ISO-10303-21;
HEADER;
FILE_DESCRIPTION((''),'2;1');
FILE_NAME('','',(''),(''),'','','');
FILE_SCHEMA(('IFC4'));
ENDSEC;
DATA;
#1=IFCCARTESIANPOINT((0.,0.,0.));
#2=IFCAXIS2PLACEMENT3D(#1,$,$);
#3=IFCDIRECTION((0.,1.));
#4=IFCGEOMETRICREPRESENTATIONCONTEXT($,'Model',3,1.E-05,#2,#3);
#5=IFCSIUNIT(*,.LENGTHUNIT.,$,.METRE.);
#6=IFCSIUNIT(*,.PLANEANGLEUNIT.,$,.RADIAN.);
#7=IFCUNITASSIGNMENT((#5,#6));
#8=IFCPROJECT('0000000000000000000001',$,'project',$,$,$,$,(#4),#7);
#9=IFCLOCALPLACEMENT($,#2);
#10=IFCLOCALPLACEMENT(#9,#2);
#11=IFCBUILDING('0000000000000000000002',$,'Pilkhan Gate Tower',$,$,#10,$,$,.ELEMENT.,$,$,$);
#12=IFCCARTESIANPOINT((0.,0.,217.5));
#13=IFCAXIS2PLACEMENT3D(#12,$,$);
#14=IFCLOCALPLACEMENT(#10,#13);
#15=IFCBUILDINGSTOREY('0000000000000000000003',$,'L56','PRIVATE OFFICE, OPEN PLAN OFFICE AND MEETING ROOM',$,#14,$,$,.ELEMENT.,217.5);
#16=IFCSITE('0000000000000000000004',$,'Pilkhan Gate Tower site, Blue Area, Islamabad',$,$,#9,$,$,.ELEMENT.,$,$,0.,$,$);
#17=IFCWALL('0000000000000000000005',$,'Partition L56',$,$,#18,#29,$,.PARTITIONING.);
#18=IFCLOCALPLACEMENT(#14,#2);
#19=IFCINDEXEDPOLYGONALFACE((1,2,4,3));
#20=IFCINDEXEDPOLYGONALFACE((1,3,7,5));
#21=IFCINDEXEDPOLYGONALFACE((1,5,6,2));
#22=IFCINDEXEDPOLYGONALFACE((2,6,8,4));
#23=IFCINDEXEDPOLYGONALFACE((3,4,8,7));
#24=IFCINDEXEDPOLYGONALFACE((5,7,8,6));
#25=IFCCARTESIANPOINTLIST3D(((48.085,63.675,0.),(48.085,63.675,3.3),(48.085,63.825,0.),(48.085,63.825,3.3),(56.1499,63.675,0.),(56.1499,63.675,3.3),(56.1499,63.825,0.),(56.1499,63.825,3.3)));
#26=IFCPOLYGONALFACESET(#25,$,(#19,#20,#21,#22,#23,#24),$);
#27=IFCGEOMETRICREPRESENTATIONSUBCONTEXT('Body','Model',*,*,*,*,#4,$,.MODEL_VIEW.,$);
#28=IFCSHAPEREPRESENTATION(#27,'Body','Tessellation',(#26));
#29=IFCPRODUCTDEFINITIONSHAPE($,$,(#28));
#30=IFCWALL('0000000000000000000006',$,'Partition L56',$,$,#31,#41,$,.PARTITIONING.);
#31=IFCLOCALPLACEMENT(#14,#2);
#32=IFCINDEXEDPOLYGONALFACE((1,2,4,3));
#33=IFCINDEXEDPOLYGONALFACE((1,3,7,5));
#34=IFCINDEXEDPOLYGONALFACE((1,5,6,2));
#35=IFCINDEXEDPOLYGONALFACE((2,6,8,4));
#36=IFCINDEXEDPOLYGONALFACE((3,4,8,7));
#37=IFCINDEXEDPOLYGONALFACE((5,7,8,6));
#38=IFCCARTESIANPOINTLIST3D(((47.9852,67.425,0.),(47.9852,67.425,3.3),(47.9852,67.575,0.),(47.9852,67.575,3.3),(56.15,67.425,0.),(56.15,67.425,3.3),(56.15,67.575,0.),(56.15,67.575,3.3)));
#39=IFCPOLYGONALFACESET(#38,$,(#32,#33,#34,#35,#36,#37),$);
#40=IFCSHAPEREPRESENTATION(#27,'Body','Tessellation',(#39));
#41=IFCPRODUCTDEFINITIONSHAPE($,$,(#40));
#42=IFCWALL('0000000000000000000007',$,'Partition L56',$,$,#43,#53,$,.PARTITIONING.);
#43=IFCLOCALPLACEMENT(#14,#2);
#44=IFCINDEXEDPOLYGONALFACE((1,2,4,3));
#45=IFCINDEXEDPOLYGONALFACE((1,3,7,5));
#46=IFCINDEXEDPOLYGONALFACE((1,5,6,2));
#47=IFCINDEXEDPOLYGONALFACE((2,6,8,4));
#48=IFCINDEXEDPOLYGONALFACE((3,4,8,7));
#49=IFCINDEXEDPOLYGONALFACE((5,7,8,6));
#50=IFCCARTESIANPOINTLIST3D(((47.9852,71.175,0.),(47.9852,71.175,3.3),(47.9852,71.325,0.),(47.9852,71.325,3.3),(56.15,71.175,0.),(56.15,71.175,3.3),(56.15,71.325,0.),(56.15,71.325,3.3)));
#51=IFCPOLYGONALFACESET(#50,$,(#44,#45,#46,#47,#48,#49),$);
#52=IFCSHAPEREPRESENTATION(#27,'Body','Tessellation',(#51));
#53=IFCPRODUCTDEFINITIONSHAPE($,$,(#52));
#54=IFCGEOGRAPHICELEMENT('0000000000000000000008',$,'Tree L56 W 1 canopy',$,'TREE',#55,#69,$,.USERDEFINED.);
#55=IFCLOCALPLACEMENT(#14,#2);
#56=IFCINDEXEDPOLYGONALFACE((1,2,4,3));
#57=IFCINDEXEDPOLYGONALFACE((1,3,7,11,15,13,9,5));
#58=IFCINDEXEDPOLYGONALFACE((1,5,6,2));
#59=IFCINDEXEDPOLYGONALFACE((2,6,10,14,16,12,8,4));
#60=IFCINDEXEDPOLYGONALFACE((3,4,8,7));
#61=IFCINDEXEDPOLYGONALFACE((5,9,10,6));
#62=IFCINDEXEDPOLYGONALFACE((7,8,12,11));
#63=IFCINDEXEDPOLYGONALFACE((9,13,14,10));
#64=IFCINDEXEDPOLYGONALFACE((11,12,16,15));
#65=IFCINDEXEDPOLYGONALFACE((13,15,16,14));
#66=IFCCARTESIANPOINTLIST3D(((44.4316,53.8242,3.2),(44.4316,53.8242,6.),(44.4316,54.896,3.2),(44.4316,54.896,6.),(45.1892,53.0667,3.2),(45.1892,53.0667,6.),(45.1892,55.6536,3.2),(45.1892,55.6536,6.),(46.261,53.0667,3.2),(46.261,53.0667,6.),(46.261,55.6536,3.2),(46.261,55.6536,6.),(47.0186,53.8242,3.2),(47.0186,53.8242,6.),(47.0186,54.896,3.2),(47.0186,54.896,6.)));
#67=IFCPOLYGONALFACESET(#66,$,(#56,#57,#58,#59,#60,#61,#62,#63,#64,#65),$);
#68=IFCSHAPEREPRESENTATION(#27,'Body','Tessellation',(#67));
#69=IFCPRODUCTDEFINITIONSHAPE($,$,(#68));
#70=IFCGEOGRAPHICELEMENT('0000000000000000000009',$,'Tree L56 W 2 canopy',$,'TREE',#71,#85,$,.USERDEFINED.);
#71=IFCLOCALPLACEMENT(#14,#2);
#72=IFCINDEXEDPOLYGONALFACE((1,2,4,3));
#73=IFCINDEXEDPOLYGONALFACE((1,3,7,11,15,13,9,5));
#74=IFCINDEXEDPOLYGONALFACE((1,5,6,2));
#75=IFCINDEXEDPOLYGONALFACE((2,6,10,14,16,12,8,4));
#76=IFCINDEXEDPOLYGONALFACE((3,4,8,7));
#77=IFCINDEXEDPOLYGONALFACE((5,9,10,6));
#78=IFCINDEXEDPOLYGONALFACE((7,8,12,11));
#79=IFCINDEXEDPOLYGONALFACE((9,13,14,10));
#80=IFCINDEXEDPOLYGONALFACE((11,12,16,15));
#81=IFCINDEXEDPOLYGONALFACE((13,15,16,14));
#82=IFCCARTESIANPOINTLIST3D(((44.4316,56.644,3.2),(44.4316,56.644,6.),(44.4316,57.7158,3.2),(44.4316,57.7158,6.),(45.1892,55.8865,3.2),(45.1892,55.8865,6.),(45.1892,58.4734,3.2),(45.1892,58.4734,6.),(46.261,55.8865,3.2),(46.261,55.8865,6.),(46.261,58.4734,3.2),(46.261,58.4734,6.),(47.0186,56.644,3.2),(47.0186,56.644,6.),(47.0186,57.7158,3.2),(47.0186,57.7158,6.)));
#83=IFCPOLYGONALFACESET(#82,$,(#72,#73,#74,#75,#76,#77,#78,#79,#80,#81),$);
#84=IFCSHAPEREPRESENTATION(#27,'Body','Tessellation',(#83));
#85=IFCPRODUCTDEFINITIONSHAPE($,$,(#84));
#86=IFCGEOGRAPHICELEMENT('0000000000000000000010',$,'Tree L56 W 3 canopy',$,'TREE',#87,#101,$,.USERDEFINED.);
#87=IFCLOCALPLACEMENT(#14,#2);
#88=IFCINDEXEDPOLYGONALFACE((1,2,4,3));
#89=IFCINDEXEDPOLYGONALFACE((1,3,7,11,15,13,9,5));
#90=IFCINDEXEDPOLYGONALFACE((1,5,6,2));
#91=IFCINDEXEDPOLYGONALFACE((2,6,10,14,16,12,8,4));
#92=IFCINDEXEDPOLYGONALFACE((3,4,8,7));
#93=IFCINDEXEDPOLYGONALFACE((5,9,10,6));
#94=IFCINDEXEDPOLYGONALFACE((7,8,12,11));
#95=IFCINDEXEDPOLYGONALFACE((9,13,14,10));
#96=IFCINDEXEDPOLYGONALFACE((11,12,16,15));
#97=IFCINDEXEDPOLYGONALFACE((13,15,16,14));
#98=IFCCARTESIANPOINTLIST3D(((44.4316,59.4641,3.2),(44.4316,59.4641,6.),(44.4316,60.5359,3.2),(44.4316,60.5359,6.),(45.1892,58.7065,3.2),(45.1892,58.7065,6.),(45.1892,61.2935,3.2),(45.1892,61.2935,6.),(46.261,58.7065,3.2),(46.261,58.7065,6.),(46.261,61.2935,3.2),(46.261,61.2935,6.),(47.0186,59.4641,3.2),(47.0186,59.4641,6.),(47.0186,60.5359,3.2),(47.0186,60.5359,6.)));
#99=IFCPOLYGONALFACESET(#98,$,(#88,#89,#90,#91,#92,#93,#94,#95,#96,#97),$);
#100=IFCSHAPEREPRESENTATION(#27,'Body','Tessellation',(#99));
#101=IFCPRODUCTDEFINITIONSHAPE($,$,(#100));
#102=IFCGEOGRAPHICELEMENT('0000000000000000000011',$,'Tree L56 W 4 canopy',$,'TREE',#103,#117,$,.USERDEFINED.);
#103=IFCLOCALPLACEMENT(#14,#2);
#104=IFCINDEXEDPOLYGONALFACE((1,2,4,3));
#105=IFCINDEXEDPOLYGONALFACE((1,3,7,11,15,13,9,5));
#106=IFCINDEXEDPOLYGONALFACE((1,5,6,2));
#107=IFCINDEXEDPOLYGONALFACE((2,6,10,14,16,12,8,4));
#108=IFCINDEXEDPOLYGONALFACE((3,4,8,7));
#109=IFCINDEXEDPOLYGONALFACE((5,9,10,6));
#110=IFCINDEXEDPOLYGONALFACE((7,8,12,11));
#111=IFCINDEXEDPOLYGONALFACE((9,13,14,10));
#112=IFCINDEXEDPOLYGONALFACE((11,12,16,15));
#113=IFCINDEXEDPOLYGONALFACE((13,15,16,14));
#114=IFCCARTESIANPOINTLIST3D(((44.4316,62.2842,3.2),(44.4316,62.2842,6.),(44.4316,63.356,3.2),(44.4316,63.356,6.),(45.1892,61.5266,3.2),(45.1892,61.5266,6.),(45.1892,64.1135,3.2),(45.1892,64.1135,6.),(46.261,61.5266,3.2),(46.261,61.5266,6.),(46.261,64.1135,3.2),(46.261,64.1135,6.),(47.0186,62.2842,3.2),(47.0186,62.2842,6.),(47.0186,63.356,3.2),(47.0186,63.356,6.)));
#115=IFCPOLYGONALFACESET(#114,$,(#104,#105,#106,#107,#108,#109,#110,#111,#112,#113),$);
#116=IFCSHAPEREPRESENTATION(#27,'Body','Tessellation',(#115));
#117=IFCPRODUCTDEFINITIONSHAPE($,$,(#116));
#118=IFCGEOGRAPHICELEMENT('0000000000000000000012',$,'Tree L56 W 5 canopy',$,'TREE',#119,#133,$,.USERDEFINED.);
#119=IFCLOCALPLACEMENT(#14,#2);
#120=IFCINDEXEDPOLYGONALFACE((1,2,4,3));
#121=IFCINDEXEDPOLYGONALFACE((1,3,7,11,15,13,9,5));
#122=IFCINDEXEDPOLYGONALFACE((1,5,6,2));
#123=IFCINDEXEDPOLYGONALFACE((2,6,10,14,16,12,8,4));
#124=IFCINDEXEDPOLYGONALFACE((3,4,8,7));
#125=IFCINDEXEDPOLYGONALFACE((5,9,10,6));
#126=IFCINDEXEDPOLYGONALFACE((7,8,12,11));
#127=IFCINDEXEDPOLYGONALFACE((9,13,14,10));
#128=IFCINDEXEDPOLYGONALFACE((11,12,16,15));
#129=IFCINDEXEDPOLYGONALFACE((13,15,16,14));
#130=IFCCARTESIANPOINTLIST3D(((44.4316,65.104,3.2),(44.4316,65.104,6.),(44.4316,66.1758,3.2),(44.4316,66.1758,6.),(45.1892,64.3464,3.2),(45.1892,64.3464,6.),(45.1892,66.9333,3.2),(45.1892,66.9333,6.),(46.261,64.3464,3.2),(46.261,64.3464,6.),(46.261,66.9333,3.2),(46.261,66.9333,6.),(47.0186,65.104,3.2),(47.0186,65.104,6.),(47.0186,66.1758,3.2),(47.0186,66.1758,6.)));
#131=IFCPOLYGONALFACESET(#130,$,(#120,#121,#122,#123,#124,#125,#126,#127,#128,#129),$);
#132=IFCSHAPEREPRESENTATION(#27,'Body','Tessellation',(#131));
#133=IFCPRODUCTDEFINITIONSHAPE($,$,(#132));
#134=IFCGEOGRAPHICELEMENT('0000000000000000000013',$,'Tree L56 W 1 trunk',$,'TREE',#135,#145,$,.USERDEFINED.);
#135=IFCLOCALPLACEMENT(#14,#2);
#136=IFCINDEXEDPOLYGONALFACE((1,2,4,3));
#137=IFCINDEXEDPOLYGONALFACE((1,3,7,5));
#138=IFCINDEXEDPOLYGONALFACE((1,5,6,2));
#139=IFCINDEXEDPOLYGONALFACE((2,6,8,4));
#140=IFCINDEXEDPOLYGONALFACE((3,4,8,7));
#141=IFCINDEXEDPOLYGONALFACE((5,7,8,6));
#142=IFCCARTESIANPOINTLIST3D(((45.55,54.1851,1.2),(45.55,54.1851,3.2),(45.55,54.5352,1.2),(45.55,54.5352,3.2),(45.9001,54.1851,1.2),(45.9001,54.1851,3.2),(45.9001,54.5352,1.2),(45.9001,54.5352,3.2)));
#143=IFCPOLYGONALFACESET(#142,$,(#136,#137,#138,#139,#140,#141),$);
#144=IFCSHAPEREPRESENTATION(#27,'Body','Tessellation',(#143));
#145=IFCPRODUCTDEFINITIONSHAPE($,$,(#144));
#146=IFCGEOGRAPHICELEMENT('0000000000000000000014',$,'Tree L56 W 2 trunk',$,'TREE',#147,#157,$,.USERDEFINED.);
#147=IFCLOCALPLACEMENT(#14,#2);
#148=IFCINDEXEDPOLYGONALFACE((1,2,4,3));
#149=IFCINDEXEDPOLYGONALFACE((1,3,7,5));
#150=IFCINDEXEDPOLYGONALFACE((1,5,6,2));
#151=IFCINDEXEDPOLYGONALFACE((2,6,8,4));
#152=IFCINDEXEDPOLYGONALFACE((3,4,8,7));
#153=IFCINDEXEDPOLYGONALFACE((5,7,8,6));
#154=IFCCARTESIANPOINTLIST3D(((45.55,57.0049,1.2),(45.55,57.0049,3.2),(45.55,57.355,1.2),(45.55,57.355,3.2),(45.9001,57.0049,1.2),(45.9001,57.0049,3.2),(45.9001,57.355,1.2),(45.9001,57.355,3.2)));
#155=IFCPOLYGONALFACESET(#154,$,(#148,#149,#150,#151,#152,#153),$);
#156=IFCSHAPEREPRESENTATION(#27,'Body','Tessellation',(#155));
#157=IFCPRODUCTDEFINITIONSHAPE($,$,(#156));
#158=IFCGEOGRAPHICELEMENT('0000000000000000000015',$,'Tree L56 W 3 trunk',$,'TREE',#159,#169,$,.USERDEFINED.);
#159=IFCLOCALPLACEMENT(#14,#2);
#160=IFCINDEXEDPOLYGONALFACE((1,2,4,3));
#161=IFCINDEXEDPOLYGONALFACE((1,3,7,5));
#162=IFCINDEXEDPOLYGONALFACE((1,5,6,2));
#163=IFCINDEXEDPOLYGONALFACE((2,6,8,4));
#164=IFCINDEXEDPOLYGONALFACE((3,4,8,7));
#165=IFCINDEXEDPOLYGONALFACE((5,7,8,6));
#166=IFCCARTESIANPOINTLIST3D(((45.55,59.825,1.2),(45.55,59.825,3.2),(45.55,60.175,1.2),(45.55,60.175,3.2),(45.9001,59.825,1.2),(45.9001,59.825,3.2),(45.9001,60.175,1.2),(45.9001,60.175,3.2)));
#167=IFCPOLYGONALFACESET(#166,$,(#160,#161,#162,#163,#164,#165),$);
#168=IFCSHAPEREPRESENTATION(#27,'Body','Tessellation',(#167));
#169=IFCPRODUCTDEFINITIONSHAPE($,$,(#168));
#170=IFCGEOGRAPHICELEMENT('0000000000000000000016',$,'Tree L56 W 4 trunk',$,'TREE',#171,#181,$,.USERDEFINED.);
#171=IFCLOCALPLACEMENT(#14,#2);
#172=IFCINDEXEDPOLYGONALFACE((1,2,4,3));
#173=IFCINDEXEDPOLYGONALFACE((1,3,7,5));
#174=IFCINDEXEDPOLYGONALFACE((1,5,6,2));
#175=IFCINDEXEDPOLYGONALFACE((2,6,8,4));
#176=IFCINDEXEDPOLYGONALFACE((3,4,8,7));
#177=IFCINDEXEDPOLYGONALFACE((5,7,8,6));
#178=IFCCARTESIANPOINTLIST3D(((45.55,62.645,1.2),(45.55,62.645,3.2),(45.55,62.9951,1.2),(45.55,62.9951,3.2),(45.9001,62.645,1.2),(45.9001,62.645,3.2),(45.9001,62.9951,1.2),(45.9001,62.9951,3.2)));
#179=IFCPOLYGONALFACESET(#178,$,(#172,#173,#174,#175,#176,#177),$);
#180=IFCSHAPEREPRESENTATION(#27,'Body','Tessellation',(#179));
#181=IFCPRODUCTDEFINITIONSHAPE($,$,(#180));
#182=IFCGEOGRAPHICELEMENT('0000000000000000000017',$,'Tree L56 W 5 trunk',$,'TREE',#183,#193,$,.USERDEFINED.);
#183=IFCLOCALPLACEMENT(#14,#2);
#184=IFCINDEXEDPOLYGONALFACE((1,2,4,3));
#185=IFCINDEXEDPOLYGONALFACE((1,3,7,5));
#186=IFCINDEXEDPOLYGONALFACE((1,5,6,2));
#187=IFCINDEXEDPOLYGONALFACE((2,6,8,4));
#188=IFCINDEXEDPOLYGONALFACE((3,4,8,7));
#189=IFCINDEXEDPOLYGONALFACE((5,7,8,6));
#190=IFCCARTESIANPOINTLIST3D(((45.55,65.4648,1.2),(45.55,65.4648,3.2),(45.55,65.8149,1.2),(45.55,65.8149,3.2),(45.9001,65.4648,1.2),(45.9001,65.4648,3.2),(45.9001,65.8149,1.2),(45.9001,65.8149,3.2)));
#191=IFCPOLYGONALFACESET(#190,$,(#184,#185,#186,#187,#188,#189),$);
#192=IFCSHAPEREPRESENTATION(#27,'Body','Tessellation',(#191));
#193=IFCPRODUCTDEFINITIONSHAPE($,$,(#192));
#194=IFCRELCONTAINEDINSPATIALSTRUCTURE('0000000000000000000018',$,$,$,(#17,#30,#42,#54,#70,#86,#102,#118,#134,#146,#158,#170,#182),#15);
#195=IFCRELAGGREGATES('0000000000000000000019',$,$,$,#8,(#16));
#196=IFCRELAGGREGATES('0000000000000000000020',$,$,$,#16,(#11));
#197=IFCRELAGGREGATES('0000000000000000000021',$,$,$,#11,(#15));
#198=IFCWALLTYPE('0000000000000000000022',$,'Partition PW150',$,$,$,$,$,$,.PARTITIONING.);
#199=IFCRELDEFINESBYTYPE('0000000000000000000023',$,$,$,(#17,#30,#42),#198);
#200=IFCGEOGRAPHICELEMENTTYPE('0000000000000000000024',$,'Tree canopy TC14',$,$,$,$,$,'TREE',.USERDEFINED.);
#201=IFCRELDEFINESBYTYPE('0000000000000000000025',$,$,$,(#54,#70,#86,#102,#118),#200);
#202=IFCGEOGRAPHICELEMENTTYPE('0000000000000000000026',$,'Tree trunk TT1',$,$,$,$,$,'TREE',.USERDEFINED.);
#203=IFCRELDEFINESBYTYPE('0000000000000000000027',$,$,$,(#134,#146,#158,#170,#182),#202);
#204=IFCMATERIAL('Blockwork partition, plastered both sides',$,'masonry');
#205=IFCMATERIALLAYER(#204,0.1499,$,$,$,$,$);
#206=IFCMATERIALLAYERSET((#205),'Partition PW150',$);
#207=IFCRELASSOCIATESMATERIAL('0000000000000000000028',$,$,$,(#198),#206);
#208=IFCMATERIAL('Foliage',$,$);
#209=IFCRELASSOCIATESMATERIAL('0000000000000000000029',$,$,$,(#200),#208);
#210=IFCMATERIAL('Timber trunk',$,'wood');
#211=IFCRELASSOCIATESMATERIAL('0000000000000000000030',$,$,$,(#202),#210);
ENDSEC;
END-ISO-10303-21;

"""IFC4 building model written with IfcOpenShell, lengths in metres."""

from ifc_helpers import new_model, si_unit, direction, frame, frame_2d, origin, origin_2d, place, context, subcontext, project, spatial, polyline, rectangle, outline, extrude, material, layer, layer_set, material_profile, profile_set, type_object, element, save


model = new_model("IFC4")

# Units and contexts
model_context = context("Model", 3, precision=1e-05, world=origin(), true_north=direction((0.0, 1.0)))
body_context = subcontext(model_context, "Body", "Model", "MODEL_VIEW")
ifc_project = project(units=[si_unit("LENGTHUNIT", "METRE"), si_unit("PLANEANGLEUNIT", "RADIAN")], contexts=[model_context])

# Site, building, storey
site_placement = place(None, origin())
site = spatial("IfcSite", under=ifc_project, at=site_placement, Name="Pilkhan Gate Tower site, Blue Area, Islamabad", CompositionType="ELEMENT", RefElevation=0.0)
building_placement = place(site_placement, origin())
building = spatial("IfcBuilding", under=site, at=building_placement, Name="Pilkhan Gate Tower", CompositionType="ELEMENT")
storey_placement = place(building_placement, frame((0.0, 0.0, 217.5)))
storey = spatial("IfcBuildingStorey", under=building, at=storey_placement, Name="L56", Description="PRIVATE OFFICE, OPEN PLAN OFFICE AND MEETING ROOM", CompositionType="ELEMENT", Elevation=217.5)

# Walls
ifc_material_1 = material(Name="Blockwork partition, plastered both sides", Category="masonry")
ifc_layer_1 = layer(ifc_material_1, 0.1499)
ifc_layer_set_1 = layer_set([ifc_layer_1], Name="Partition PW150")
wall_type_1 = type_object("IfcWallType", Name="Partition PW150", PredefinedType="PARTITIONING", material=ifc_layer_set_1)
for number, where, z_axis, x_axis, name in (
    (1, (48.085, 63.75, 0.0), (0.0, 0.0, 1.0), (1.0, 0.0, 0.0), "Partition L56"),
):
    element("IfcWall", number, at=place(storey_placement, frame(where, z_axis=z_axis, x_axis=x_axis)), inside=storey, type_object=wall_type_1, Name=name, PredefinedType="PARTITIONING", context=body_context, shape_type="SweptSolid", body=[
        extrude(rectangle(XDim=8.0649, YDim=0.1499, at=frame_2d((4.0325, 0.0))), origin(), (0.0, 0.0, 1.0), 3.3),
    ])
for number, where, z_axis, x_axis, name in (
    (2, (47.9851, 67.5, 0.0), (0.0, 0.0, 1.0), (1.0, 0.0, 0.0), "Partition L56"),
    (3, (47.9851, 71.25, 0.0), (0.0, 0.0, 1.0), (1.0, 0.0, 0.0), "Partition L56"),
):
    element("IfcWall", number, at=place(storey_placement, frame(where, z_axis=z_axis, x_axis=x_axis)), inside=storey, type_object=wall_type_1, Name=name, PredefinedType="PARTITIONING", context=body_context, shape_type="SweptSolid", body=[
        extrude(rectangle(XDim=8.1648, YDim=0.1499, at=frame_2d((4.0825, 0.0))), origin(), (0.0, 0.0, 1.0), 3.3),
    ])

# Geographic elements
ifc_material_2 = material(Name="Foliage")
ifc_material_profile_1 = material_profile(ifc_material_2, outline(polyline([(1.2935, 0.5359), (0.5359, 1.2935), (-0.5359, 1.2935), (-1.2935, 0.5359), (-1.2935, -0.5359), (-0.5359, -1.2935), (0.5359, -1.2935), (1.2935, -0.5359), (1.2935, 0.5359)])), Name="Canopy D2.8")
ifc_profile_set_1 = profile_set([ifc_material_profile_1], Name="Foliage")
geographic_element_type_1 = type_object("IfcGeographicElementType", Name="Tree canopy TC14", ElementType="TREE", PredefinedType="USERDEFINED", material=ifc_profile_set_1)
for number, where, z_axis, x_axis, name in (
    (4, (45.7251, 54.3601, 3.2), (0.0, 0.0, 1.0), (1.0, 0.0, 0.0), "Tree L56 W 1 canopy"),
    (5, (45.7251, 57.1799, 3.2), (0.0, 0.0, 1.0), (1.0, 0.0, 0.0), "Tree L56 W 2 canopy"),
    (6, (45.7251, 60.0, 3.2), (0.0, 0.0, 1.0), (1.0, 0.0, 0.0), "Tree L56 W 3 canopy"),
    (7, (45.7251, 62.8201, 3.2), (0.0, 0.0, 1.0), (1.0, 0.0, 0.0), "Tree L56 W 4 canopy"),
    (8, (45.7251, 65.6399, 3.2), (0.0, 0.0, 1.0), (1.0, 0.0, 0.0), "Tree L56 W 5 canopy"),
):
    element("IfcGeographicElement", number, at=place(storey_placement, frame(where, z_axis=z_axis, x_axis=x_axis)), inside=storey, type_object=geographic_element_type_1, Name=name, ObjectType="TREE", PredefinedType="USERDEFINED", context=body_context, shape_type="SweptSolid", body=[
        extrude(outline(polyline([(1.2935, 0.5359), (0.5359, 1.2935), (-0.5359, 1.2935), (-1.2935, 0.5359), (-1.2935, -0.5359), (-0.5359, -1.2935), (0.5359, -1.2935), (1.2935, -0.5359), (1.2935, 0.5359)])), origin(), (0.0, 0.0, 1.0), 2.8),
    ])
ifc_material_3 = material(Name="Timber trunk", Category="wood")
geographic_element_type_2 = type_object("IfcGeographicElementType", Name="Tree trunk TT1", ElementType="TREE", PredefinedType="USERDEFINED", material=ifc_material_3)
for number, where, z_axis, x_axis, name in (
    (9, (45.7251, 54.3601, 1.2), (0.0, 0.0, 1.0), (1.0, 0.0, 0.0), "Tree L56 W 1 trunk"),
    (10, (45.7251, 57.1799, 1.2), (0.0, 0.0, 1.0), (1.0, 0.0, 0.0), "Tree L56 W 2 trunk"),
    (11, (45.7251, 60.0, 1.2), (0.0, 0.0, 1.0), (1.0, 0.0, 0.0), "Tree L56 W 3 trunk"),
    (12, (45.7251, 62.8201, 1.2), (0.0, 0.0, 1.0), (1.0, 0.0, 0.0), "Tree L56 W 4 trunk"),
    (13, (45.7251, 65.6399, 1.2), (0.0, 0.0, 1.0), (1.0, 0.0, 0.0), "Tree L56 W 5 trunk"),
):
    element("IfcGeographicElement", number, at=place(storey_placement, frame(where, z_axis=z_axis, x_axis=x_axis)), inside=storey, type_object=geographic_element_type_2, Name=name, ObjectType="TREE", PredefinedType="USERDEFINED", context=body_context, shape_type="SweptSolid", body=[
        extrude(rectangle(XDim=0.3501, YDim=0.3501, at=origin_2d()), origin(), (0.0, 0.0, 1.0), 2.0),
    ])

save(model, "model.ifc")
